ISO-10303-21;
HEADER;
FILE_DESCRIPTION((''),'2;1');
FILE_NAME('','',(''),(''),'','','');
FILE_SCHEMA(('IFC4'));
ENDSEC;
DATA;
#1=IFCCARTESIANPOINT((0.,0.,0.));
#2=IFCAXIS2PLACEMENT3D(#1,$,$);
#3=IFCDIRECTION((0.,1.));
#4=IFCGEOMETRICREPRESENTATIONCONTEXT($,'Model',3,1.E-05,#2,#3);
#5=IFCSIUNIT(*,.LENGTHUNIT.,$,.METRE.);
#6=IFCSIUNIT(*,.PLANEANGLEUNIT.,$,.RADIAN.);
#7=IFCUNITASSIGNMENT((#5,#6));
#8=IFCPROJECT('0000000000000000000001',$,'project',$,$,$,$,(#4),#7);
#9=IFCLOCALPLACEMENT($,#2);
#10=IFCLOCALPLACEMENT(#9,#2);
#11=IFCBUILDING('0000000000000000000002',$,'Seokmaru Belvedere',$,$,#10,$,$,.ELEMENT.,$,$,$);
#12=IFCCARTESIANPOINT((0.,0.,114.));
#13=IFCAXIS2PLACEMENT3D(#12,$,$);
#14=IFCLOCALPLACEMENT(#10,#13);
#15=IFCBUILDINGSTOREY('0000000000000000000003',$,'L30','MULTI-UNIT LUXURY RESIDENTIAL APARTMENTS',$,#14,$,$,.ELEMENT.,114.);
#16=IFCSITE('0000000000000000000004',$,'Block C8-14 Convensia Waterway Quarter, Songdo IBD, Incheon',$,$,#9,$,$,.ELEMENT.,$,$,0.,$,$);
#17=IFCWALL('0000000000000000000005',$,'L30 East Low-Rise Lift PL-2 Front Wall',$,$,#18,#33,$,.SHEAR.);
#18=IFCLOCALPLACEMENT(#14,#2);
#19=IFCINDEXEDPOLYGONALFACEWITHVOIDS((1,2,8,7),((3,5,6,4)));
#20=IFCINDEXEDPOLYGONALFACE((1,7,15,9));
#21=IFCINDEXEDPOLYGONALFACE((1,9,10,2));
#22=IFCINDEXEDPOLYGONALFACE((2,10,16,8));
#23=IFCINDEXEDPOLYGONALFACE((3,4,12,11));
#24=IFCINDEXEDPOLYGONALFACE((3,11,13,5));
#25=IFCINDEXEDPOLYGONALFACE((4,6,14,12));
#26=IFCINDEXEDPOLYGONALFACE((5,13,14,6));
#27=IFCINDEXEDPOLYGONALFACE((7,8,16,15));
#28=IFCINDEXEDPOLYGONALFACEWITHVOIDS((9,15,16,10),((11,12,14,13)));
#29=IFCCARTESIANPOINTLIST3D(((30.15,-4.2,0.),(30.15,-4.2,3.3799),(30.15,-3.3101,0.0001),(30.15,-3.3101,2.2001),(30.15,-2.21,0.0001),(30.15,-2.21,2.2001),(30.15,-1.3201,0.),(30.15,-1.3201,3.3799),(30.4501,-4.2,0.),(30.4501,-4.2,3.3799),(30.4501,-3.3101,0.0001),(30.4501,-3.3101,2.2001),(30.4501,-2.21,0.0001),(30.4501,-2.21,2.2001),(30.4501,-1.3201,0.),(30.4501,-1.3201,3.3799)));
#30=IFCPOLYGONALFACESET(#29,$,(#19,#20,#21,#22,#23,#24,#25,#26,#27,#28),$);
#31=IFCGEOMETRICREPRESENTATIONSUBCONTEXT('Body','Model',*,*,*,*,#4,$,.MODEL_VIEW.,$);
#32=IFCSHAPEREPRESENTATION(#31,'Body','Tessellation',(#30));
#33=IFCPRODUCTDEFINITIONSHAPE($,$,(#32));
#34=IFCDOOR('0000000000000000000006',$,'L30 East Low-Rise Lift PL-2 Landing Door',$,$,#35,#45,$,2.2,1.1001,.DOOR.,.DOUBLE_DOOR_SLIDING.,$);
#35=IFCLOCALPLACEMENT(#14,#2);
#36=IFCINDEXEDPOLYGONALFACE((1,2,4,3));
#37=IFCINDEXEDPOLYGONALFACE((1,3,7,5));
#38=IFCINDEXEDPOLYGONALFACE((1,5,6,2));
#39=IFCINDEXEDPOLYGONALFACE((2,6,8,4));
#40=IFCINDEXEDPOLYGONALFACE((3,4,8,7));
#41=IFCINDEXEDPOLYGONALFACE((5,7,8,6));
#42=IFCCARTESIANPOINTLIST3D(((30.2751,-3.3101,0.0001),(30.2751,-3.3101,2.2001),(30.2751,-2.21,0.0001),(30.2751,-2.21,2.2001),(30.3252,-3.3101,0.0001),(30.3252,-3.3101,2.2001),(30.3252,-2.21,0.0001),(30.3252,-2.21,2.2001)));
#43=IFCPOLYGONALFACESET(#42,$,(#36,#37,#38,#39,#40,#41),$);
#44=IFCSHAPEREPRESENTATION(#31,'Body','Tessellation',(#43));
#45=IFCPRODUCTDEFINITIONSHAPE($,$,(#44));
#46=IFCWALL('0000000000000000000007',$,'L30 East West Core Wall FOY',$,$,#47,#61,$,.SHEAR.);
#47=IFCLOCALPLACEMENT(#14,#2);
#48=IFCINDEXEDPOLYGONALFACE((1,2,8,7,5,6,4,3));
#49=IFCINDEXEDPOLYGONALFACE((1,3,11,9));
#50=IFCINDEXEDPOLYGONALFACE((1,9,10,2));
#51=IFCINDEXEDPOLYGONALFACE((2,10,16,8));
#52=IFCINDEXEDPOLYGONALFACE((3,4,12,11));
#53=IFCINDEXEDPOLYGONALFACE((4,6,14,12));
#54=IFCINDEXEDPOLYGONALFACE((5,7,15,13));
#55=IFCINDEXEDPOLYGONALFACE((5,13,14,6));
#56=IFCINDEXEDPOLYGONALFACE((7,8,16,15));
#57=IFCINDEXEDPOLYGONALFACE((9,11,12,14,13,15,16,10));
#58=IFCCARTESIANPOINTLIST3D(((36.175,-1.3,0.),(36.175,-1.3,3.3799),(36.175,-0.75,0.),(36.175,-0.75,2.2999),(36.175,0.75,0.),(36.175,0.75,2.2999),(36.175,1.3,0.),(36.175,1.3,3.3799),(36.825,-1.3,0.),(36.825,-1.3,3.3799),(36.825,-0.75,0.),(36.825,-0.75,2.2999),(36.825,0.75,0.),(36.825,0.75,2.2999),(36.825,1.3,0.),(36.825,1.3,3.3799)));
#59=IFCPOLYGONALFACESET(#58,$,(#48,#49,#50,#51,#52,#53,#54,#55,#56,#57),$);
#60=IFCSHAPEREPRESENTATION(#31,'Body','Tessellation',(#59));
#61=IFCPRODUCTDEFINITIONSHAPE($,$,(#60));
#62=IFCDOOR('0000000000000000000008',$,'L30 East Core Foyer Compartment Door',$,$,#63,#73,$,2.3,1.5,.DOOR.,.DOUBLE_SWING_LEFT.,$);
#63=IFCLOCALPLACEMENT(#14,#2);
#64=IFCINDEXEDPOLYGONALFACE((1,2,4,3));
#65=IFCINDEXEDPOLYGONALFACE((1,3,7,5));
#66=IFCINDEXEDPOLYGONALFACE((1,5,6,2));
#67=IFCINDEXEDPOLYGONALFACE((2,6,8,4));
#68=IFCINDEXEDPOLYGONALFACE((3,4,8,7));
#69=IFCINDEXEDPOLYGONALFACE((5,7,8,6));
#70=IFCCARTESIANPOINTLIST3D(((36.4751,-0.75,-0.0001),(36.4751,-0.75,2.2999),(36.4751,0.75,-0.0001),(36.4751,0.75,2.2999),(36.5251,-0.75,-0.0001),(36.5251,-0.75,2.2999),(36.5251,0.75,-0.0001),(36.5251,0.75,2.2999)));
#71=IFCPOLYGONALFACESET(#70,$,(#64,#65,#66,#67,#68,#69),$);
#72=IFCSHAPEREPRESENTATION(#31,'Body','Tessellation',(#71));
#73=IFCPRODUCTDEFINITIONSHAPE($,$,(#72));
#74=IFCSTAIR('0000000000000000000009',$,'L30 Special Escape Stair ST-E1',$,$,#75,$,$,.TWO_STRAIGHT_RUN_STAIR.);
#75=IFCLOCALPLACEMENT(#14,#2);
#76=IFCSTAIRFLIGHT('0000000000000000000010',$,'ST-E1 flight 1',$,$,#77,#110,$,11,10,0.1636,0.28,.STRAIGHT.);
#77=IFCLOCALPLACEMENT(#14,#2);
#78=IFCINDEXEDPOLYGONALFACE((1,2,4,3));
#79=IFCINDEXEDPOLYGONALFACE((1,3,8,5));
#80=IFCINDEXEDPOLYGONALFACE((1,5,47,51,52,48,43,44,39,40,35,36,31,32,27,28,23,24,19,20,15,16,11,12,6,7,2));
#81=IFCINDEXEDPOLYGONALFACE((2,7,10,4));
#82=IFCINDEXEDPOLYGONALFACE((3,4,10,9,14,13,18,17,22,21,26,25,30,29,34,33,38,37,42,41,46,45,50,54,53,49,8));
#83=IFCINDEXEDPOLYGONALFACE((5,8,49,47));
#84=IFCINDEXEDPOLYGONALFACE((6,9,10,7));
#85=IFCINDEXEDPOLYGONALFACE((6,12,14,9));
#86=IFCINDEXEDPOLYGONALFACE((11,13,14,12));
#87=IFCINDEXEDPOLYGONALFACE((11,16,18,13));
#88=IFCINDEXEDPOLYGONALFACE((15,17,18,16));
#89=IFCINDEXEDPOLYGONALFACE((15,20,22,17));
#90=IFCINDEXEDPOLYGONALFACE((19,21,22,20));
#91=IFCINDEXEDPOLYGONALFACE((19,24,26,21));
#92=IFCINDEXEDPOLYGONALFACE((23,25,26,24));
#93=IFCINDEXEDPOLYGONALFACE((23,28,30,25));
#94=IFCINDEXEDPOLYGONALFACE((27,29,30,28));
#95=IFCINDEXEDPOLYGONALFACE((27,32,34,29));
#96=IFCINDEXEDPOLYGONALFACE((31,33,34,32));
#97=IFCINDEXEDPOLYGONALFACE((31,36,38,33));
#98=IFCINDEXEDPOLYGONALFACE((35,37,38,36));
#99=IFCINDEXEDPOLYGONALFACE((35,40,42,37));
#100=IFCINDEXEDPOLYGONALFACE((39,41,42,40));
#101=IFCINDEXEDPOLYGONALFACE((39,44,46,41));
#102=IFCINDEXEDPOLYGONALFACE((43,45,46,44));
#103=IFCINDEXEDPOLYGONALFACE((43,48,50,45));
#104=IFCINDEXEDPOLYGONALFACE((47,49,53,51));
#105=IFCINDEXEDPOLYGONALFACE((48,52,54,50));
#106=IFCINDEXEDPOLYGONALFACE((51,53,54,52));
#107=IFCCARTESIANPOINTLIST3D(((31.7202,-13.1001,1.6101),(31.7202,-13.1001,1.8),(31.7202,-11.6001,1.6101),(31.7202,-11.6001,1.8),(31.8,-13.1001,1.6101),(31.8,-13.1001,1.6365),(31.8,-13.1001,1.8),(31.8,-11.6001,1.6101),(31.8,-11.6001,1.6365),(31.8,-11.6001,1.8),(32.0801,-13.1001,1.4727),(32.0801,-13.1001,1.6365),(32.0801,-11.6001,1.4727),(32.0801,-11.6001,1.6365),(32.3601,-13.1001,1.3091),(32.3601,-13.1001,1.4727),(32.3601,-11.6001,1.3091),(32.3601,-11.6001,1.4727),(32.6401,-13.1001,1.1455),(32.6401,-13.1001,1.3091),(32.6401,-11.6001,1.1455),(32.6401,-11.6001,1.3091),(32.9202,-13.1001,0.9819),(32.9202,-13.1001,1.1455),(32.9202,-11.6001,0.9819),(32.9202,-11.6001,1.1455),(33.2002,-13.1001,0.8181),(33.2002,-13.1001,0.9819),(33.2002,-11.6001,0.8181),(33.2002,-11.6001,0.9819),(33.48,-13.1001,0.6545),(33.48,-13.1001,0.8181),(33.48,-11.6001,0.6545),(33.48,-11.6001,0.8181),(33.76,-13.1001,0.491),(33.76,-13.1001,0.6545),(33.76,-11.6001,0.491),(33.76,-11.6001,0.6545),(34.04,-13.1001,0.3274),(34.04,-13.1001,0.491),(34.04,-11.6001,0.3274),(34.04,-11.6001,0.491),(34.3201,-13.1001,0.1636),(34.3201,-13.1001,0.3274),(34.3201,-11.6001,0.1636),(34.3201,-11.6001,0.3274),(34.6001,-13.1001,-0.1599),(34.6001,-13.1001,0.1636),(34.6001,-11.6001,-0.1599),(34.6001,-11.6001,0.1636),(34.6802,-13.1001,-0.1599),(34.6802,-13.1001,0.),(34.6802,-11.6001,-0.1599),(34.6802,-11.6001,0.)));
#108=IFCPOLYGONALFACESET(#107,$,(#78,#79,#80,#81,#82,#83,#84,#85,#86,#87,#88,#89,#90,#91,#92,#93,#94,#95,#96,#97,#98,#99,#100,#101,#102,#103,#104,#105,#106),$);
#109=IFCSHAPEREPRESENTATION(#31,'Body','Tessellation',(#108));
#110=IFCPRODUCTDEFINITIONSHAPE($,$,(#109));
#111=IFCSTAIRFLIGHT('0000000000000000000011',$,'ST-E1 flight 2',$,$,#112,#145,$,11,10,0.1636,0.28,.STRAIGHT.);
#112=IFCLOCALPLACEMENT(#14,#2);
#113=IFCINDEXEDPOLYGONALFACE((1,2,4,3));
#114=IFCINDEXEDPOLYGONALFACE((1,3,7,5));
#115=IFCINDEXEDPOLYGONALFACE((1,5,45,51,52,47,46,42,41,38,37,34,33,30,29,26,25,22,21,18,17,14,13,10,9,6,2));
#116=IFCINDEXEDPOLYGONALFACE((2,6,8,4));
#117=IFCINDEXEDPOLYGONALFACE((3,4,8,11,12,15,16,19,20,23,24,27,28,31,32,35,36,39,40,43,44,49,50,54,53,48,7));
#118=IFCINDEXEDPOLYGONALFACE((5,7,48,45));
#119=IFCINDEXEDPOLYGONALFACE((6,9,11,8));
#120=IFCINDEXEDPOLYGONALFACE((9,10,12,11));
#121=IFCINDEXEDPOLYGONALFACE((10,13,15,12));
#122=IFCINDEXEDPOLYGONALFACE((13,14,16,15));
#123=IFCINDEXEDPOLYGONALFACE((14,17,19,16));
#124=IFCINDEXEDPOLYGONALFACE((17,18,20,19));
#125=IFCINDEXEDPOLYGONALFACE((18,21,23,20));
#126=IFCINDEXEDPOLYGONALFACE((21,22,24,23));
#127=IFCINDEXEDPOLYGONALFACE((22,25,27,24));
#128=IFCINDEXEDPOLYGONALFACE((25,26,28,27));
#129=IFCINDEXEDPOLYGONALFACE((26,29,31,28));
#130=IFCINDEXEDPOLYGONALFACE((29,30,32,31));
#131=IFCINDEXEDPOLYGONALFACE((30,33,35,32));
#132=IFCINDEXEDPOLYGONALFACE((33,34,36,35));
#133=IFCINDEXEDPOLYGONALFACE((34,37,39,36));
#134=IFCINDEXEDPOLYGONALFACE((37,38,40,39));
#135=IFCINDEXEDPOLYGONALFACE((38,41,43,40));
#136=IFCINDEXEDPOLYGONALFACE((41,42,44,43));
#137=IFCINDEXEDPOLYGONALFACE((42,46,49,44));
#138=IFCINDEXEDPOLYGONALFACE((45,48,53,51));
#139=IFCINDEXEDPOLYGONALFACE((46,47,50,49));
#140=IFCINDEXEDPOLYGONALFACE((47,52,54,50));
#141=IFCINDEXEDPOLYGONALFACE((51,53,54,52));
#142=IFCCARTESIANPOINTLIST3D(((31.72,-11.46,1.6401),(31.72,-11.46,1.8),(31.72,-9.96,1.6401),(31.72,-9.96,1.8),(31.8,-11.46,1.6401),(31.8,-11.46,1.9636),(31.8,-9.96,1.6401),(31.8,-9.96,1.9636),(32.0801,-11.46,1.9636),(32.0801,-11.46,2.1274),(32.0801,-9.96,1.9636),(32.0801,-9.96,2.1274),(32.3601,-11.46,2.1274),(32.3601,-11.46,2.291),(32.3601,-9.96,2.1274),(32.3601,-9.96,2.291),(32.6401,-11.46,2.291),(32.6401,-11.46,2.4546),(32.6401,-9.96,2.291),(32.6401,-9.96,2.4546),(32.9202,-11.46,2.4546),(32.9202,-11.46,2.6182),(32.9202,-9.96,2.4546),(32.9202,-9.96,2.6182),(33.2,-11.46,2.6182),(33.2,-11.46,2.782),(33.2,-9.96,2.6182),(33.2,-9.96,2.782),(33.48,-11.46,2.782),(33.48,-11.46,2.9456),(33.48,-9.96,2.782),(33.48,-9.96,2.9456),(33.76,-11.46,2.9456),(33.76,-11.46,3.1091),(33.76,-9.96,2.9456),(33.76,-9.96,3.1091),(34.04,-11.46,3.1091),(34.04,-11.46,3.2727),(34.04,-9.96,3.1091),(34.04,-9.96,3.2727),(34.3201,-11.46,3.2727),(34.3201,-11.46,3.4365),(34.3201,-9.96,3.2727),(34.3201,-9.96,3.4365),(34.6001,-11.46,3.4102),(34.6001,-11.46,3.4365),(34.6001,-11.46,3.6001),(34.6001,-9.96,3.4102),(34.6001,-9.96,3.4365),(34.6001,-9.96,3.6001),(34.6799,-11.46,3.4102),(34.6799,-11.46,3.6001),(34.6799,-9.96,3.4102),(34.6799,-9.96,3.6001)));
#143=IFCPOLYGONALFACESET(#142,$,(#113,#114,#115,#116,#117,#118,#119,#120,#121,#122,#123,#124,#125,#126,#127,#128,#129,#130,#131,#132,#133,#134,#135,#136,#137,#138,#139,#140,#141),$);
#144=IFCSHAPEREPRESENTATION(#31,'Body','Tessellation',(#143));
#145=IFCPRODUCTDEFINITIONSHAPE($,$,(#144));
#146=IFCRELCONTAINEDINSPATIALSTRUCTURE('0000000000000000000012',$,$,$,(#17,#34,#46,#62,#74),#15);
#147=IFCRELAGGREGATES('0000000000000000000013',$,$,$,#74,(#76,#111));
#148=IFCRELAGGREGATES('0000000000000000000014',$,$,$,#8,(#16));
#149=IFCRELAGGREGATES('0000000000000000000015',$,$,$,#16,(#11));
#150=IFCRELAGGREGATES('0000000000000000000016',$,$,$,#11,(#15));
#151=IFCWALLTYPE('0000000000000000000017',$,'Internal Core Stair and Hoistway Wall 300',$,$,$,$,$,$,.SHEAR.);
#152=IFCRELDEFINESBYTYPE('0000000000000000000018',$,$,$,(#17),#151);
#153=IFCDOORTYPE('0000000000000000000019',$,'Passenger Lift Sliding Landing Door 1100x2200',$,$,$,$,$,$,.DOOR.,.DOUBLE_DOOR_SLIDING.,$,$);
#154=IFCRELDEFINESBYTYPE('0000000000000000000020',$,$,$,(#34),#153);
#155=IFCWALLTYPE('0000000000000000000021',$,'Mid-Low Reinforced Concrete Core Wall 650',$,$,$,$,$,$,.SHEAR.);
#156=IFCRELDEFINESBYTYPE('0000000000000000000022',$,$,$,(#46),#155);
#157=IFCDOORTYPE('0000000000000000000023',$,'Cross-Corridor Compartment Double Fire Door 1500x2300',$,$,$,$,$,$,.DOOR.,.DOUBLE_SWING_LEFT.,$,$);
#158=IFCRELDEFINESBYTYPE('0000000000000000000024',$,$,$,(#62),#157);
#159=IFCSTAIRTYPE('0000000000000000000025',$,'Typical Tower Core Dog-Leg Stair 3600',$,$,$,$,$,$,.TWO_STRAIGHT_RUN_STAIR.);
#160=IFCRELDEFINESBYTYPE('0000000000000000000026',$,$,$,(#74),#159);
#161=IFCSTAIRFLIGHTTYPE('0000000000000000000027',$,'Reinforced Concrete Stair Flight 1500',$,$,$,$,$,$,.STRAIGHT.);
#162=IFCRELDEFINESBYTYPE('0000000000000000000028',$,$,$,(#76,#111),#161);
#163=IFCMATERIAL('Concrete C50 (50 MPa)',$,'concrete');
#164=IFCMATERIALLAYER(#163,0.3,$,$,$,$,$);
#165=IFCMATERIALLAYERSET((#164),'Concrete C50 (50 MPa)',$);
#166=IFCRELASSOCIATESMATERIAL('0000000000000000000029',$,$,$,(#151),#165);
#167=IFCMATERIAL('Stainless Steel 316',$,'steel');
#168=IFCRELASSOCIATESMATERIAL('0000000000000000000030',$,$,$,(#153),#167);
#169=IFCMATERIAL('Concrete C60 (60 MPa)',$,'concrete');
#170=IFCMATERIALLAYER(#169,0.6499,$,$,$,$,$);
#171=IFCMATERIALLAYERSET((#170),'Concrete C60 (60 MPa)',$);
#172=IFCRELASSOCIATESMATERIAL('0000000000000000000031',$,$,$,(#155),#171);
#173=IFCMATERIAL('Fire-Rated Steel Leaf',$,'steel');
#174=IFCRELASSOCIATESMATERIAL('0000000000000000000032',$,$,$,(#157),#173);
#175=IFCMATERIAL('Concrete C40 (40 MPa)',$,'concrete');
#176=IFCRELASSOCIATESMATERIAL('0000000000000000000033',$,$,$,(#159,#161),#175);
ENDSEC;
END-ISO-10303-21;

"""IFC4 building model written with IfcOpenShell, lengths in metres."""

from ifc_helpers import new_model, si_unit, direction, frame, frame_2d, origin, place, context, subcontext, project, spatial, polyline, rectangle, outline, extrude, source, transform, mapped, material, layer, layer_set, type_object, type_shapes, element, fill, aggregate, save


model = new_model("IFC4")

# Units and contexts
model_context = context("Model", 3, precision=1e-05, world=origin(), true_north=direction((0.0, 1.0)))
body_context = subcontext(model_context, "Body", "Model", "MODEL_VIEW")
ifc_project = project(units=[si_unit("LENGTHUNIT", "METRE"), si_unit("PLANEANGLEUNIT", "RADIAN")], contexts=[model_context])

# Site, building, storey
site_placement = place(None, origin())
site = spatial("IfcSite", under=ifc_project, at=site_placement, Name="Block C8-14 Convensia Waterway Quarter, Songdo IBD, Incheon", CompositionType="ELEMENT", RefElevation=0.0)
building_placement = place(site_placement, origin())
building = spatial("IfcBuilding", under=site, at=building_placement, Name="Seokmaru Belvedere", CompositionType="ELEMENT")
storey_placement = place(building_placement, frame((0.0, 0.0, 114.0)))
storey = spatial("IfcBuildingStorey", under=building, at=storey_placement, Name="L30", Description="MULTI-UNIT LUXURY RESIDENTIAL APARTMENTS", CompositionType="ELEMENT", Elevation=114.0)

# Shared definitions
ifc_material_1 = material(Name="Fire-Rated Steel Leaf", Category="steel")

# Walls, openings, doors
ifc_material_2 = material(Name="Concrete C50 (50 MPa)", Category="concrete")
ifc_layer_1 = layer(ifc_material_2, 0.3)
ifc_layer_set_1 = layer_set([ifc_layer_1], Name="Concrete C50 (50 MPa)")
wall_type_1 = type_object("IfcWallType", Name="Internal Core Stair and Hoistway Wall 300", PredefinedType="SHEAR", material=ifc_layer_set_1)
ifc_material_3 = material(Name="Stainless Steel 316", Category="steel")
door_type_1 = type_object("IfcDoorType", Name="Passenger Lift Sliding Landing Door 1100x2200", OperationType="DOUBLE_DOOR_SLIDING", PredefinedType="DOOR", material=ifc_material_3)
shared_shape_1 = source(origin(), body_context, "Body", "SweptSolid", [
    extrude(rectangle(XDim=1.1001, YDim=2.2, at=frame_2d((0.55, 1.1001))), frame((0.0, 0.0249, 0.0), z_axis=(0.0, -1.0, 0.0), x_axis=(1.0, 0.0, 0.0)), (0.0, 0.0, 1.0), 0.05),
])
type_shapes(door_type_1, [shared_shape_1])
wall_1_placement = place(storey_placement, frame((30.3, -4.2, 0.0), z_axis=(0.0, 0.0, 1.0), x_axis=(0.0, 1.0, 0.0)))
wall_1 = element("IfcWall", 1, at=wall_1_placement, inside=storey, type_object=wall_type_1, Name="L30 East Low-Rise Lift PL-2 Front Wall", PredefinedType="SHEAR", context=body_context, shape_type="SweptSolid", body=[
    extrude(rectangle(XDim=2.8799, YDim=0.3, at=frame_2d((1.4399, 0.0))), origin(), (0.0, 0.0, 1.0), 3.3799),
])
opening_1_placement = place(wall_1_placement, frame((0.8899, 0.0, 0.0)))
opening_1 = element("IfcOpeningElement", 2, at=opening_1_placement, cuts=wall_1, PredefinedType="OPENING", context=body_context, shape_type="SweptSolid", body=[
    extrude(rectangle(XDim=1.1001, YDim=2.2, at=frame_2d((0.55, 1.1001))), frame((0.0, 0.1602, 0.0), z_axis=(0.0, -1.0, 0.0), x_axis=(1.0, 0.0, 0.0)), (0.0, 0.0, 1.0), 0.3201),
])
door_1_placement = place(opening_1_placement, origin())
door_1 = element("IfcDoor", 3, at=door_1_placement, inside=storey, type_object=door_type_1, Name="L30 East Low-Rise Lift PL-2 Landing Door", OperationType="DOUBLE_DOOR_SLIDING", OverallHeight=2.2, OverallWidth=1.1001, PredefinedType="DOOR", context=body_context, shape_type="MappedRepresentation", body=[
    mapped(shared_shape_1, transform((0.0, 0.0, 0.0), scale=1.0)),
])
fill(opening_1, door_1)
ifc_material_4 = material(Name="Concrete C60 (60 MPa)", Category="concrete")
ifc_layer_2 = layer(ifc_material_4, 0.6499)
ifc_layer_set_2 = layer_set([ifc_layer_2], Name="Concrete C60 (60 MPa)")
wall_type_2 = type_object("IfcWallType", Name="Mid-Low Reinforced Concrete Core Wall 650", PredefinedType="SHEAR", material=ifc_layer_set_2)
wall_2_placement = place(storey_placement, frame((36.5, -1.3, 0.0), z_axis=(0.0, 0.0, 1.0), x_axis=(0.0, 1.0, 0.0)))
wall_2 = element("IfcWall", 4, at=wall_2_placement, inside=storey, type_object=wall_type_2, Name="L30 East West Core Wall FOY", PredefinedType="SHEAR", context=body_context, shape_type="SweptSolid", body=[
    extrude(rectangle(XDim=2.6001, YDim=0.6499, at=frame_2d((1.3, 0.0))), origin(), (0.0, 0.0, 1.0), 3.3799),
])
opening_2_placement = place(wall_2_placement, frame((0.55, 0.0, 0.0)))
opening_2 = element("IfcOpeningElement", 5, at=opening_2_placement, cuts=wall_2, PredefinedType="OPENING", context=body_context, shape_type="SweptSolid", body=[
    extrude(rectangle(XDim=1.5, YDim=2.3, at=frame_2d((0.75, 1.1499))), frame((0.0, 0.335, 0.0), z_axis=(0.0, -1.0, 0.0), x_axis=(1.0, 0.0, 0.0)), (0.0, 0.0, 1.0), 0.6699),
])
door_type_2 = type_object("IfcDoorType", Name="Cross-Corridor Compartment Double Fire Door 1500x2300", OperationType="DOUBLE_SWING_LEFT", PredefinedType="DOOR", material=ifc_material_1)
shared_shape_2 = source(origin(), body_context, "Body", "SweptSolid", [
    extrude(rectangle(XDim=1.5, YDim=2.3, at=frame_2d((0.75, 1.1499))), frame((0.0, 0.0249, 0.0), z_axis=(0.0, -1.0, 0.0), x_axis=(1.0, 0.0, 0.0)), (0.0, 0.0, 1.0), 0.05),
])
type_shapes(door_type_2, [shared_shape_2])
door_2_placement = place(opening_2_placement, origin())
door_2 = element("IfcDoor", 6, at=door_2_placement, inside=storey, type_object=door_type_2, Name="L30 East Core Foyer Compartment Door", OperationType="DOUBLE_SWING_LEFT", OverallHeight=2.3, OverallWidth=1.5, PredefinedType="DOOR", context=body_context, shape_type="MappedRepresentation", body=[
    mapped(shared_shape_2, transform((0.0, 0.0, 0.0), scale=1.0)),
])
fill(opening_2, door_2)

# Stair, stair flights
ifc_material_5 = material(Name="Concrete C40 (40 MPa)", Category="concrete")
stair_type = type_object("IfcStairType", Name="Typical Tower Core Dog-Leg Stair 3600", PredefinedType="TWO_STRAIGHT_RUN_STAIR", material=ifc_material_5)
stair_placement = place(storey_placement, origin())
stair = element("IfcStair", 7, at=stair_placement, inside=storey, type_object=stair_type, Name="L30 Special Escape Stair ST-E1", PredefinedType="TWO_STRAIGHT_RUN_STAIR")
stair_flight_type = type_object("IfcStairFlightType", Name="Reinforced Concrete Stair Flight 1500", PredefinedType="STRAIGHT", material=ifc_material_5)
stair_flight_1_placement = place(storey_placement, frame((34.6001, -12.3501, 0.0), z_axis=(0.0, 0.0, 1.0), x_axis=(-1.0, 0.0, 0.0)))
stair_flight_1 = element("IfcStairFlight", 8, at=stair_flight_1_placement, type_object=stair_flight_type, Name="ST-E1 flight 1", NumberOfRisers=11, NumberOfTreads=10, PredefinedType="STRAIGHT", RiserHeight=0.1636, TreadLength=0.28, context=body_context, shape_type="SweptSolid", body=[
    extrude(outline(polyline([(-0.0801, 0.0), (0.0, 0.1636), (0.28, 0.1636), (0.28, 0.3274), (0.5601, 0.3274), (0.5601, 0.491), (0.8401, 0.491), (0.8401, 0.6545), (1.1201, 0.6545), (1.1201, 0.8181), (1.3999, 0.8181), (1.3999, 0.9819), (1.6799, 0.9819), (1.6799, 1.1455), (1.96, 1.1455), (1.96, 1.3091), (2.24, 1.3091), (2.24, 1.4727), (2.52, 1.4727), (2.52, 1.6365), (2.8, 1.6365), (2.8, 1.8), (2.8799, 1.8), (2.8799, 1.6101), (2.8, 1.6101), (0.0, -0.1599), (-0.0801, -0.1599), (-0.0801, 0.0)])), frame((0.0, 0.75, 0.0), z_axis=(0.0, -1.0, 0.0), x_axis=(1.0, 0.0, 0.0)), (0.0, 0.0, 1.0), 1.5),
])
stair_flight_2_placement = place(storey_placement, frame((31.8, -10.71, 1.8), z_axis=(0.0, 0.0, 1.0), x_axis=(1.0, 0.0, 0.0)))
stair_flight_2 = element("IfcStairFlight", 9, at=stair_flight_2_placement, type_object=stair_flight_type, Name="ST-E1 flight 2", NumberOfRisers=11, NumberOfTreads=10, PredefinedType="STRAIGHT", RiserHeight=0.1636, TreadLength=0.28, context=body_context, shape_type="SweptSolid", body=[
    extrude(outline(polyline([(-0.0801, 0.0), (0.0, 0.1636), (0.28, 0.1636), (0.28, 0.3274), (0.5601, 0.3274), (0.5601, 0.491), (0.8401, 0.491), (0.8401, 0.6545), (1.1201, 0.6545), (1.1201, 0.8181), (1.3999, 0.8181), (1.3999, 0.9819), (1.6799, 0.9819), (1.6799, 1.1455), (1.96, 1.1455), (1.96, 1.3091), (2.24, 1.3091), (2.24, 1.4727), (2.52, 1.4727), (2.52, 1.6365), (2.8, 1.6365), (2.8, 1.8), (2.8799, 1.8), (2.8799, 1.6101), (2.8, 1.6101), (0.0, -0.1599), (-0.0801, -0.1599), (-0.0801, 0.0)])), frame((0.0, 0.75, 0.0), z_axis=(0.0, -1.0, 0.0), x_axis=(1.0, 0.0, 0.0)), (0.0, 0.0, 1.0), 1.5),
])
aggregate(stair, [stair_flight_1, stair_flight_2])

save(model, "model.ifc")
